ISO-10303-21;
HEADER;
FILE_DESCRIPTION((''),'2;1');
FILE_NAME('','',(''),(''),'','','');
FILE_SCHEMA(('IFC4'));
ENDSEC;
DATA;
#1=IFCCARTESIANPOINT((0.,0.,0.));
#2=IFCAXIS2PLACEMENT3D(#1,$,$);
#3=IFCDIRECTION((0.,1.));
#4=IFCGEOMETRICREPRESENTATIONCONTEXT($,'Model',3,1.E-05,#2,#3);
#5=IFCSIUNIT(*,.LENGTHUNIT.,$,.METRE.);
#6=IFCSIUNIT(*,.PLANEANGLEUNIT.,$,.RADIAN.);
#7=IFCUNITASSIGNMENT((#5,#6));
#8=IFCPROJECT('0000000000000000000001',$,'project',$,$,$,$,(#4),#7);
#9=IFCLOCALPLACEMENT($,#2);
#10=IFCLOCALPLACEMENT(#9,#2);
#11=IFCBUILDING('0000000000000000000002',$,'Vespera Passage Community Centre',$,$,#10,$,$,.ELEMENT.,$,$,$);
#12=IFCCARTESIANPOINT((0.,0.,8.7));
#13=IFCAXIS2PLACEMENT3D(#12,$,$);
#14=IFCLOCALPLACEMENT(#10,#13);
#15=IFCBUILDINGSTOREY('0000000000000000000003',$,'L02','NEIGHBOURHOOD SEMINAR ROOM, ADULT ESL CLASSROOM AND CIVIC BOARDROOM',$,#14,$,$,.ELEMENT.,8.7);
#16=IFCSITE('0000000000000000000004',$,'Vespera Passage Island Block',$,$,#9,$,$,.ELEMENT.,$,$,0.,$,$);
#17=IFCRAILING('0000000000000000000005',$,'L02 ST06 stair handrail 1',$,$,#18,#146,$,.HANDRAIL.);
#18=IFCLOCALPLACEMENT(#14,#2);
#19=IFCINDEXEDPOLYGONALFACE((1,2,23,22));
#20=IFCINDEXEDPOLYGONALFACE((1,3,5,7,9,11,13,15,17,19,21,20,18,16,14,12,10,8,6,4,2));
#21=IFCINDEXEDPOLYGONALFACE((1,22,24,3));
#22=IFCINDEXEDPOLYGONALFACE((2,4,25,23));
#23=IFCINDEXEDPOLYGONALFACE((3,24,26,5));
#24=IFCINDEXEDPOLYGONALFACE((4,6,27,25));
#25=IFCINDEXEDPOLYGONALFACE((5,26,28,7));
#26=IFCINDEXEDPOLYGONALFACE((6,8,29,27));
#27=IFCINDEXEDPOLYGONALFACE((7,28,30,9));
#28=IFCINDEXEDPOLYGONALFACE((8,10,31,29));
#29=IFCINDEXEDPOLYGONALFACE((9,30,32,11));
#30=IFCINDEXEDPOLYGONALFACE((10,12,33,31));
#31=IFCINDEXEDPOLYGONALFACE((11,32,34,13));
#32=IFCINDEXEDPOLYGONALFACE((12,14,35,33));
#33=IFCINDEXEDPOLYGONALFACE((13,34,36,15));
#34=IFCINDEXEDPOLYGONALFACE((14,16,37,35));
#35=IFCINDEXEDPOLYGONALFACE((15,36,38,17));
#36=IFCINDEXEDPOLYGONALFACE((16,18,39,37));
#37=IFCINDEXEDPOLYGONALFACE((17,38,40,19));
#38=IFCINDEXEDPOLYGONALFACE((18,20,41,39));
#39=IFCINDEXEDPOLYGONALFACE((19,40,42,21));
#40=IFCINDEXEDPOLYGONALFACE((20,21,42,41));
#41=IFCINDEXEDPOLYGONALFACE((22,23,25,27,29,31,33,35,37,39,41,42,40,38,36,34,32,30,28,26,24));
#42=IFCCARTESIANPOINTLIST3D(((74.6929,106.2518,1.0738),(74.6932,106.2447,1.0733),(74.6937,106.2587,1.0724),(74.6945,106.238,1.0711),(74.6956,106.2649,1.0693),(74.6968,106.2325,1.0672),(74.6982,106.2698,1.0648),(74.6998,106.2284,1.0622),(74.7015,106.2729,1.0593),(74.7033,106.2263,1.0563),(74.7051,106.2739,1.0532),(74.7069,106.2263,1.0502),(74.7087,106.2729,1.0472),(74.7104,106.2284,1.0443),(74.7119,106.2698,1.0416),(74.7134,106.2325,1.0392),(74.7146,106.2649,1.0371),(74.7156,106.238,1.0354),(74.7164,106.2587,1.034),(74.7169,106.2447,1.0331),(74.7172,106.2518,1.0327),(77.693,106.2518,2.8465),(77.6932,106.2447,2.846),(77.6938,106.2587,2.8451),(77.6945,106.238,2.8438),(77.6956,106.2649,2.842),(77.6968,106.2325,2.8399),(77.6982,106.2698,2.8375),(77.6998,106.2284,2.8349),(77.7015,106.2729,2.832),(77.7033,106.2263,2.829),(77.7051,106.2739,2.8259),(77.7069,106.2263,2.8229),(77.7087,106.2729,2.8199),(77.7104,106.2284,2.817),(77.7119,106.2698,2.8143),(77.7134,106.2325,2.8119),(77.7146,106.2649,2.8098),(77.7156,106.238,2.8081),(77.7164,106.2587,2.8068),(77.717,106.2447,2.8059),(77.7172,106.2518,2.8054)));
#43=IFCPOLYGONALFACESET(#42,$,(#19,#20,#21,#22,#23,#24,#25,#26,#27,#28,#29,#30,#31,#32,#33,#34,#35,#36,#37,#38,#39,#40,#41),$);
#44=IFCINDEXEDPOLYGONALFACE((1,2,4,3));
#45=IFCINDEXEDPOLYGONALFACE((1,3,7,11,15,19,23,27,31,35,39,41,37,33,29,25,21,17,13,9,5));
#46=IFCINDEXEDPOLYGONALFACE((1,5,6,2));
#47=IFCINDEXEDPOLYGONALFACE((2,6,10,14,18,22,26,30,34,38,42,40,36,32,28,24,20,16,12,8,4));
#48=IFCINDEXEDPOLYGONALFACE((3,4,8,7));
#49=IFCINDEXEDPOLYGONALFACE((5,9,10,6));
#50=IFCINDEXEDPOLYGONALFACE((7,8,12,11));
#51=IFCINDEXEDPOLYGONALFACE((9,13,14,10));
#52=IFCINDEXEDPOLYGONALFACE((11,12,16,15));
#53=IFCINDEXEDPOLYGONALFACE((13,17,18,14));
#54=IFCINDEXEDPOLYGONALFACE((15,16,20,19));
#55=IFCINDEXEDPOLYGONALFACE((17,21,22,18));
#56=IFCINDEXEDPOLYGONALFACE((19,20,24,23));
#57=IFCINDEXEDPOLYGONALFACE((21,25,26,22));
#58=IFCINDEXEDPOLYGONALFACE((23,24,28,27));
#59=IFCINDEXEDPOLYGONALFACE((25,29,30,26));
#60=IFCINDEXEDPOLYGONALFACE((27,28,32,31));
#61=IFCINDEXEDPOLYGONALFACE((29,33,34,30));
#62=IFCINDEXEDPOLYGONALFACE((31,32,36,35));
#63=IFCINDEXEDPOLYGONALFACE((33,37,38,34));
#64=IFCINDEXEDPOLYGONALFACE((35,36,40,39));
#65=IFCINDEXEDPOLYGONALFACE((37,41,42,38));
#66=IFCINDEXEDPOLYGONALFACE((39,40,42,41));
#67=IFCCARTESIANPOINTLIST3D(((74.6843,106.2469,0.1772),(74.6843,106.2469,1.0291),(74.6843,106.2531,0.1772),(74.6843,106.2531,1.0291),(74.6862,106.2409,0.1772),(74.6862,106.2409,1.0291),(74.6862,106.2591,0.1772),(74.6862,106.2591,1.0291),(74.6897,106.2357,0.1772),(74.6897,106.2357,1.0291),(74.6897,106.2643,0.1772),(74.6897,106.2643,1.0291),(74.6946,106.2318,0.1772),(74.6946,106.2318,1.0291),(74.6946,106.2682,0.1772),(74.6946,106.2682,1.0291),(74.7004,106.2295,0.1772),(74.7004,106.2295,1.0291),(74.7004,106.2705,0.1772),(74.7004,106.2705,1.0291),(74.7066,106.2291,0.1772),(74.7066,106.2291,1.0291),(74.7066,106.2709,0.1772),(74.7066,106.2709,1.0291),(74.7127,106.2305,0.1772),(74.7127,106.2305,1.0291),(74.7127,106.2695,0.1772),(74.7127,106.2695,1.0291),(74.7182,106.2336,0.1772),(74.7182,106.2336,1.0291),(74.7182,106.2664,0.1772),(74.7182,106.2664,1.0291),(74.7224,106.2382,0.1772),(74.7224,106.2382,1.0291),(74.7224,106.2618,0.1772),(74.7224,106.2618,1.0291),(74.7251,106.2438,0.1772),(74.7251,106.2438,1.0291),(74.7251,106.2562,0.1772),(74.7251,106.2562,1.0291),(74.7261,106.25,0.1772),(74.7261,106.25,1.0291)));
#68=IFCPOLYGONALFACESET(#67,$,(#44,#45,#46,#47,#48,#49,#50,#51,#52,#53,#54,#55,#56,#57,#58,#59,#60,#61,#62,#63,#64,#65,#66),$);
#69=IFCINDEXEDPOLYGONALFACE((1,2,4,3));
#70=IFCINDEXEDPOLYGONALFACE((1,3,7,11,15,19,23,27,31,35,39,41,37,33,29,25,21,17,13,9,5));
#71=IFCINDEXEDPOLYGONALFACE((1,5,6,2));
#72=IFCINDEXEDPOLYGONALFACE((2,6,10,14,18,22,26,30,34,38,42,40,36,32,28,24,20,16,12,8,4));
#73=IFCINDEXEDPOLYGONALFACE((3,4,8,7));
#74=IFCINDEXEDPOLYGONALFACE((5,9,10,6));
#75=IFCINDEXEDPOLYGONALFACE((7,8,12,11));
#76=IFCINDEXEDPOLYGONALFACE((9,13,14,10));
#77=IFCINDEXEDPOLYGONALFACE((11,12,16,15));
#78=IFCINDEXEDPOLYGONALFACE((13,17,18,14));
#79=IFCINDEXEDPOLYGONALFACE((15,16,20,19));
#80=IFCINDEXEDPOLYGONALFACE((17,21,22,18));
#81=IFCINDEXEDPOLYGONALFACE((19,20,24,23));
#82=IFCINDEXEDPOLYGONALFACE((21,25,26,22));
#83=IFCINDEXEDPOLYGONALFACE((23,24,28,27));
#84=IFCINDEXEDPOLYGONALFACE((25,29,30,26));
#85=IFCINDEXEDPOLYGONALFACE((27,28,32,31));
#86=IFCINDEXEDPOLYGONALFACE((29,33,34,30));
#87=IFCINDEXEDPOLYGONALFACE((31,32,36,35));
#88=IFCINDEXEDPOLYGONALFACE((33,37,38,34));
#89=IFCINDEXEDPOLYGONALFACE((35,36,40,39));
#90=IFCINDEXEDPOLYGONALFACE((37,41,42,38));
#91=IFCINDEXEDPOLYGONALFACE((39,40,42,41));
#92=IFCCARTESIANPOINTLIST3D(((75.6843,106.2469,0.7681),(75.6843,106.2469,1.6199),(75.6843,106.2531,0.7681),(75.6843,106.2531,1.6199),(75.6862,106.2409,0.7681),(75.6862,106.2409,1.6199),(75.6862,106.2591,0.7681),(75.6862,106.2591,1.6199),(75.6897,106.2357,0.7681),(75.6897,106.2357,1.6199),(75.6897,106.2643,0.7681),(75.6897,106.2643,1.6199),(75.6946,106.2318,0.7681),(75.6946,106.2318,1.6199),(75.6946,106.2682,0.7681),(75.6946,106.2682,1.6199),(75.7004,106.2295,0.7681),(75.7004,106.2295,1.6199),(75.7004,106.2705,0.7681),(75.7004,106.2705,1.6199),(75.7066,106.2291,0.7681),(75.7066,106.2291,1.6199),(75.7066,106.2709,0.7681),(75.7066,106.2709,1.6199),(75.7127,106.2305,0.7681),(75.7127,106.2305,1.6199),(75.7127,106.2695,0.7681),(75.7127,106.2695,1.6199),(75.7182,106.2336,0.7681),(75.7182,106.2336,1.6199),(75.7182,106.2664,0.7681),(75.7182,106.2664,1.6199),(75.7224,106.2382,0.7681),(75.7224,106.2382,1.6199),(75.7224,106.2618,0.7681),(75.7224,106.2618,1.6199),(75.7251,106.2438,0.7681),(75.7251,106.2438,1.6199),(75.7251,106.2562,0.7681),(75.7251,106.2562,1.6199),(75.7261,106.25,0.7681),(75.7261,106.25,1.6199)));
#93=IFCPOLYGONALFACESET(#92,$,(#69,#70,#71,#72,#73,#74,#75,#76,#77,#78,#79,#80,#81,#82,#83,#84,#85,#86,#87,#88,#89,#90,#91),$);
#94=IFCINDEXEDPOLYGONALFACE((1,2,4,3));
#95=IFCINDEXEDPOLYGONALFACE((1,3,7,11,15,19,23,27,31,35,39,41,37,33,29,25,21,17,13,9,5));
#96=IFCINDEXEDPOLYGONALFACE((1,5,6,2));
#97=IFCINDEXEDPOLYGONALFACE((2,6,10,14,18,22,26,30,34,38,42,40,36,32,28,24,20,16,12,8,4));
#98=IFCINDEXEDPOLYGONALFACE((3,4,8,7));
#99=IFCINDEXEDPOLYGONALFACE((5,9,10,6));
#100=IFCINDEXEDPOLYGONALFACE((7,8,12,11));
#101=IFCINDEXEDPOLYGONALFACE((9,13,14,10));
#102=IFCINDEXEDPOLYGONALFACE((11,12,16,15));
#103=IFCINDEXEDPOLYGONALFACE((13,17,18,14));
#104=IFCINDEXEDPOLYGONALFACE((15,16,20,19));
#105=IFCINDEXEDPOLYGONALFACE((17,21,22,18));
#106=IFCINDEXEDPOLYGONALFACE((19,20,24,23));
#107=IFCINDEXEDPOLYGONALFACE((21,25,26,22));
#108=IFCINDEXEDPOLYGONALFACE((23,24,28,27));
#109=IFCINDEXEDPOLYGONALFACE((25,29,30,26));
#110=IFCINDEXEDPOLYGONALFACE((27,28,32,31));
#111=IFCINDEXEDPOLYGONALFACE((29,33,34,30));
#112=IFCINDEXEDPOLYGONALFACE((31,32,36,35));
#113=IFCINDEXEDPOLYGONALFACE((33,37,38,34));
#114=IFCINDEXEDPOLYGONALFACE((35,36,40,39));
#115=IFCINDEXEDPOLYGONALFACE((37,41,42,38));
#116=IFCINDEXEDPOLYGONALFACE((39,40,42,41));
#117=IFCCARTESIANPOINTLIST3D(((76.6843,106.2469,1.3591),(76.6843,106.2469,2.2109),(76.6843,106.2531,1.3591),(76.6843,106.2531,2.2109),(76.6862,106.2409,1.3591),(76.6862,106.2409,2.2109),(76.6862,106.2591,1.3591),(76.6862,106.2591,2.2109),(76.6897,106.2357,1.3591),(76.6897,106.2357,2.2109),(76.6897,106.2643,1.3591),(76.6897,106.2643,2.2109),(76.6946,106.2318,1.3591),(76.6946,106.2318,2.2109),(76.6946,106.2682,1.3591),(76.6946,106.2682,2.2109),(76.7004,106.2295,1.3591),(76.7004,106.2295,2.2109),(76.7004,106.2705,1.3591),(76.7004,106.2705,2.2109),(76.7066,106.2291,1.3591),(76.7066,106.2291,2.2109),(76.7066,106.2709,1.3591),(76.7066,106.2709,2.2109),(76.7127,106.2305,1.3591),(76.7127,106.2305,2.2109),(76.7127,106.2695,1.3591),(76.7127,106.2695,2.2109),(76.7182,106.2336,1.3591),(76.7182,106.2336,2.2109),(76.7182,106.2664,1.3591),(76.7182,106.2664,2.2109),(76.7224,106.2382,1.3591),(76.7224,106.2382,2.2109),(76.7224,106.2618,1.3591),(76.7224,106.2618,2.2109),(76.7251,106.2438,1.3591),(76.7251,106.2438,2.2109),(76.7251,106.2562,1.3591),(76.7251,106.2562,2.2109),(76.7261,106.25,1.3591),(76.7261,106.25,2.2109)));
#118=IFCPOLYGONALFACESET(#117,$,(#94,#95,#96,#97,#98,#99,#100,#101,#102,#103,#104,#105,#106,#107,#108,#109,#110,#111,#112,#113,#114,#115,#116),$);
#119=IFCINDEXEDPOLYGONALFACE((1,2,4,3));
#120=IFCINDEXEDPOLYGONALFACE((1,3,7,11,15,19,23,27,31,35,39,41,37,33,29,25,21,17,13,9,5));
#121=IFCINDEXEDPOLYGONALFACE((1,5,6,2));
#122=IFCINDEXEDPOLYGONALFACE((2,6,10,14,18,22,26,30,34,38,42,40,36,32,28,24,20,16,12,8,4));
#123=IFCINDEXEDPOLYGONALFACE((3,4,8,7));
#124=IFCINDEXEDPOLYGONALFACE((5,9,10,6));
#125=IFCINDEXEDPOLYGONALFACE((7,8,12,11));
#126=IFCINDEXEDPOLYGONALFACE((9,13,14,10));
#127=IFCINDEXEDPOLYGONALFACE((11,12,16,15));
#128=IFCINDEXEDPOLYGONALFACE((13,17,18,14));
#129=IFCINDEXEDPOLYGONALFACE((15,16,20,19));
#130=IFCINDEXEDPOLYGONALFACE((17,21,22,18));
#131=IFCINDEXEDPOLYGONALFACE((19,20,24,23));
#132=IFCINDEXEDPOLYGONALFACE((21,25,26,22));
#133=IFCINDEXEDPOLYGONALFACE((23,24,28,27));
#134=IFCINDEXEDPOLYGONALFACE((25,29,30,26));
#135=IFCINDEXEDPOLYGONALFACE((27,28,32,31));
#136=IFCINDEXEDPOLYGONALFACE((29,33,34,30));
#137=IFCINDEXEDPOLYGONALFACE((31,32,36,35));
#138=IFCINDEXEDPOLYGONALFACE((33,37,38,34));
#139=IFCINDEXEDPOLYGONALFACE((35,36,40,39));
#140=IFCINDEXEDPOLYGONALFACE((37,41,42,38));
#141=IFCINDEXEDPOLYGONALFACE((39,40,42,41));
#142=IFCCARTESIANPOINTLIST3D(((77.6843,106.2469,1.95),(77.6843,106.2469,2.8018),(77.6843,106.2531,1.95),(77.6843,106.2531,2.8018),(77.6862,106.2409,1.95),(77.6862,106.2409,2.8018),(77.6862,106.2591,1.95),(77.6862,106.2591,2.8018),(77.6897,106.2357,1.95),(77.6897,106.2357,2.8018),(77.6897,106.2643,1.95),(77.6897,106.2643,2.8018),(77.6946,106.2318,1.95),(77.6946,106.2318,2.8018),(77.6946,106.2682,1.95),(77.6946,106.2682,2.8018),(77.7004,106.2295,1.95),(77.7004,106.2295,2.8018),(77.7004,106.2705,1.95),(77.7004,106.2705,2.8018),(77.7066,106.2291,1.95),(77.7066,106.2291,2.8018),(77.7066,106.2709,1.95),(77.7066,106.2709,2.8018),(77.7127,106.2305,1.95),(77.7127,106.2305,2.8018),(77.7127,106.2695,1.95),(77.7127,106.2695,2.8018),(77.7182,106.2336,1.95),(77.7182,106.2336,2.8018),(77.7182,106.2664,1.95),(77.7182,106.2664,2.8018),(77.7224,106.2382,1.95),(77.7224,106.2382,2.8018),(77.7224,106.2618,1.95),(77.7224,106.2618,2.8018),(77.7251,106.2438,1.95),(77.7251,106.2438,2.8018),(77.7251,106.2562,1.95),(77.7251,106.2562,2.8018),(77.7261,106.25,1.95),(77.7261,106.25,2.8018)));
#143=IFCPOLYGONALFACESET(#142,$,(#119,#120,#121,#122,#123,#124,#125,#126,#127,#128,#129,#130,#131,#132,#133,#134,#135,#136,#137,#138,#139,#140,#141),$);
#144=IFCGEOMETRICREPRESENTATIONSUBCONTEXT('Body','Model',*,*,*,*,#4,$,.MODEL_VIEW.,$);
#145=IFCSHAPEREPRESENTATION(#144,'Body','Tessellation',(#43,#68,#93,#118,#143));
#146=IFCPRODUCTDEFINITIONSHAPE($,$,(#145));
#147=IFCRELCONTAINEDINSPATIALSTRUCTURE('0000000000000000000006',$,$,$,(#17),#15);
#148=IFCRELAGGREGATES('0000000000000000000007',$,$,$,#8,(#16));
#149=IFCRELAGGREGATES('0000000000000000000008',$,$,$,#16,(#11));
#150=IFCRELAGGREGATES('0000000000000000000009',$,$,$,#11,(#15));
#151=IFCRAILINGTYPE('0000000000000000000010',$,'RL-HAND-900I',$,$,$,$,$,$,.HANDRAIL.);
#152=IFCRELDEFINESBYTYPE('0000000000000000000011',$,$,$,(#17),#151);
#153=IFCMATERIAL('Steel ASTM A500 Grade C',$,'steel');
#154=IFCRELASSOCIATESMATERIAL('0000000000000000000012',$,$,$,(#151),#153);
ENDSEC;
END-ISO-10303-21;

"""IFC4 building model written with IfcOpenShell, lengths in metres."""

from ifc_helpers import new_model, si_unit, direction, frame, origin, origin_2d, place, context, subcontext, project, spatial, circle, extrude, material, type_object, element, save


model = new_model("IFC4")

# Units and contexts
model_context = context("Model", 3, precision=1e-05, world=origin(), true_north=direction((0.0, 1.0)))
body_context = subcontext(model_context, "Body", "Model", "MODEL_VIEW")
ifc_project = project(units=[si_unit("LENGTHUNIT", "METRE"), si_unit("PLANEANGLEUNIT", "RADIAN")], contexts=[model_context])

# Site, building, storey
site_placement = place(None, origin())
site = spatial("IfcSite", under=ifc_project, at=site_placement, Name="Vespera Passage Island Block", CompositionType="ELEMENT", RefElevation=0.0)
building_placement = place(site_placement, origin())
building = spatial("IfcBuilding", under=site, at=building_placement, Name="Vespera Passage Community Centre", CompositionType="ELEMENT")
storey_placement = place(building_placement, frame((0.0, 0.0, 8.7)))
storey = spatial("IfcBuildingStorey", under=building, at=storey_placement, Name="L02", Description="NEIGHBOURHOOD SEMINAR ROOM, ADULT ESL CLASSROOM AND CIVIC BOARDROOM", CompositionType="ELEMENT", Elevation=8.7)

# Railing
ifc_material_1 = material(Name="Steel ASTM A500 Grade C", Category="steel")
railing_type_1 = type_object("IfcRailingType", Name="RL-HAND-900I", PredefinedType="HANDRAIL", material=ifc_material_1)
railing_1_placement = place(storey_placement, frame((74.7051, 106.25, 0.1772)))
element("IfcRailing", 1, at=railing_1_placement, inside=storey, type_object=railing_type_1, Name="L02 ST06 stair handrail 1", PredefinedType="HANDRAIL", context=body_context, shape_type="SweptSolid", body=[
    extrude(circle(Radius=0.0239, at=origin_2d()), frame((0.0, 0.0, 0.876), z_axis=(0.860929, 0.0, 0.508725), x_axis=(0.0, 1.0, 0.0)), (0.0, 0.0, 1.0), 3.4846),
    extrude(circle(Radius=0.021, at=origin_2d()), origin(), (0.0, 0.0, 1.0), 0.8518),
    extrude(circle(Radius=0.021, at=origin_2d()), frame((1.0, 0.0, 0.5908)), (0.0, 0.0, 1.0), 0.8518),
    extrude(circle(Radius=0.021, at=origin_2d()), frame((2.0, 0.0, 1.1819)), (0.0, 0.0, 1.0), 0.8518),
    extrude(circle(Radius=0.021, at=origin_2d()), frame((3.0, 0.0, 1.7727)), (0.0, 0.0, 1.0), 0.8518),
])

save(model, "model.ifc")
